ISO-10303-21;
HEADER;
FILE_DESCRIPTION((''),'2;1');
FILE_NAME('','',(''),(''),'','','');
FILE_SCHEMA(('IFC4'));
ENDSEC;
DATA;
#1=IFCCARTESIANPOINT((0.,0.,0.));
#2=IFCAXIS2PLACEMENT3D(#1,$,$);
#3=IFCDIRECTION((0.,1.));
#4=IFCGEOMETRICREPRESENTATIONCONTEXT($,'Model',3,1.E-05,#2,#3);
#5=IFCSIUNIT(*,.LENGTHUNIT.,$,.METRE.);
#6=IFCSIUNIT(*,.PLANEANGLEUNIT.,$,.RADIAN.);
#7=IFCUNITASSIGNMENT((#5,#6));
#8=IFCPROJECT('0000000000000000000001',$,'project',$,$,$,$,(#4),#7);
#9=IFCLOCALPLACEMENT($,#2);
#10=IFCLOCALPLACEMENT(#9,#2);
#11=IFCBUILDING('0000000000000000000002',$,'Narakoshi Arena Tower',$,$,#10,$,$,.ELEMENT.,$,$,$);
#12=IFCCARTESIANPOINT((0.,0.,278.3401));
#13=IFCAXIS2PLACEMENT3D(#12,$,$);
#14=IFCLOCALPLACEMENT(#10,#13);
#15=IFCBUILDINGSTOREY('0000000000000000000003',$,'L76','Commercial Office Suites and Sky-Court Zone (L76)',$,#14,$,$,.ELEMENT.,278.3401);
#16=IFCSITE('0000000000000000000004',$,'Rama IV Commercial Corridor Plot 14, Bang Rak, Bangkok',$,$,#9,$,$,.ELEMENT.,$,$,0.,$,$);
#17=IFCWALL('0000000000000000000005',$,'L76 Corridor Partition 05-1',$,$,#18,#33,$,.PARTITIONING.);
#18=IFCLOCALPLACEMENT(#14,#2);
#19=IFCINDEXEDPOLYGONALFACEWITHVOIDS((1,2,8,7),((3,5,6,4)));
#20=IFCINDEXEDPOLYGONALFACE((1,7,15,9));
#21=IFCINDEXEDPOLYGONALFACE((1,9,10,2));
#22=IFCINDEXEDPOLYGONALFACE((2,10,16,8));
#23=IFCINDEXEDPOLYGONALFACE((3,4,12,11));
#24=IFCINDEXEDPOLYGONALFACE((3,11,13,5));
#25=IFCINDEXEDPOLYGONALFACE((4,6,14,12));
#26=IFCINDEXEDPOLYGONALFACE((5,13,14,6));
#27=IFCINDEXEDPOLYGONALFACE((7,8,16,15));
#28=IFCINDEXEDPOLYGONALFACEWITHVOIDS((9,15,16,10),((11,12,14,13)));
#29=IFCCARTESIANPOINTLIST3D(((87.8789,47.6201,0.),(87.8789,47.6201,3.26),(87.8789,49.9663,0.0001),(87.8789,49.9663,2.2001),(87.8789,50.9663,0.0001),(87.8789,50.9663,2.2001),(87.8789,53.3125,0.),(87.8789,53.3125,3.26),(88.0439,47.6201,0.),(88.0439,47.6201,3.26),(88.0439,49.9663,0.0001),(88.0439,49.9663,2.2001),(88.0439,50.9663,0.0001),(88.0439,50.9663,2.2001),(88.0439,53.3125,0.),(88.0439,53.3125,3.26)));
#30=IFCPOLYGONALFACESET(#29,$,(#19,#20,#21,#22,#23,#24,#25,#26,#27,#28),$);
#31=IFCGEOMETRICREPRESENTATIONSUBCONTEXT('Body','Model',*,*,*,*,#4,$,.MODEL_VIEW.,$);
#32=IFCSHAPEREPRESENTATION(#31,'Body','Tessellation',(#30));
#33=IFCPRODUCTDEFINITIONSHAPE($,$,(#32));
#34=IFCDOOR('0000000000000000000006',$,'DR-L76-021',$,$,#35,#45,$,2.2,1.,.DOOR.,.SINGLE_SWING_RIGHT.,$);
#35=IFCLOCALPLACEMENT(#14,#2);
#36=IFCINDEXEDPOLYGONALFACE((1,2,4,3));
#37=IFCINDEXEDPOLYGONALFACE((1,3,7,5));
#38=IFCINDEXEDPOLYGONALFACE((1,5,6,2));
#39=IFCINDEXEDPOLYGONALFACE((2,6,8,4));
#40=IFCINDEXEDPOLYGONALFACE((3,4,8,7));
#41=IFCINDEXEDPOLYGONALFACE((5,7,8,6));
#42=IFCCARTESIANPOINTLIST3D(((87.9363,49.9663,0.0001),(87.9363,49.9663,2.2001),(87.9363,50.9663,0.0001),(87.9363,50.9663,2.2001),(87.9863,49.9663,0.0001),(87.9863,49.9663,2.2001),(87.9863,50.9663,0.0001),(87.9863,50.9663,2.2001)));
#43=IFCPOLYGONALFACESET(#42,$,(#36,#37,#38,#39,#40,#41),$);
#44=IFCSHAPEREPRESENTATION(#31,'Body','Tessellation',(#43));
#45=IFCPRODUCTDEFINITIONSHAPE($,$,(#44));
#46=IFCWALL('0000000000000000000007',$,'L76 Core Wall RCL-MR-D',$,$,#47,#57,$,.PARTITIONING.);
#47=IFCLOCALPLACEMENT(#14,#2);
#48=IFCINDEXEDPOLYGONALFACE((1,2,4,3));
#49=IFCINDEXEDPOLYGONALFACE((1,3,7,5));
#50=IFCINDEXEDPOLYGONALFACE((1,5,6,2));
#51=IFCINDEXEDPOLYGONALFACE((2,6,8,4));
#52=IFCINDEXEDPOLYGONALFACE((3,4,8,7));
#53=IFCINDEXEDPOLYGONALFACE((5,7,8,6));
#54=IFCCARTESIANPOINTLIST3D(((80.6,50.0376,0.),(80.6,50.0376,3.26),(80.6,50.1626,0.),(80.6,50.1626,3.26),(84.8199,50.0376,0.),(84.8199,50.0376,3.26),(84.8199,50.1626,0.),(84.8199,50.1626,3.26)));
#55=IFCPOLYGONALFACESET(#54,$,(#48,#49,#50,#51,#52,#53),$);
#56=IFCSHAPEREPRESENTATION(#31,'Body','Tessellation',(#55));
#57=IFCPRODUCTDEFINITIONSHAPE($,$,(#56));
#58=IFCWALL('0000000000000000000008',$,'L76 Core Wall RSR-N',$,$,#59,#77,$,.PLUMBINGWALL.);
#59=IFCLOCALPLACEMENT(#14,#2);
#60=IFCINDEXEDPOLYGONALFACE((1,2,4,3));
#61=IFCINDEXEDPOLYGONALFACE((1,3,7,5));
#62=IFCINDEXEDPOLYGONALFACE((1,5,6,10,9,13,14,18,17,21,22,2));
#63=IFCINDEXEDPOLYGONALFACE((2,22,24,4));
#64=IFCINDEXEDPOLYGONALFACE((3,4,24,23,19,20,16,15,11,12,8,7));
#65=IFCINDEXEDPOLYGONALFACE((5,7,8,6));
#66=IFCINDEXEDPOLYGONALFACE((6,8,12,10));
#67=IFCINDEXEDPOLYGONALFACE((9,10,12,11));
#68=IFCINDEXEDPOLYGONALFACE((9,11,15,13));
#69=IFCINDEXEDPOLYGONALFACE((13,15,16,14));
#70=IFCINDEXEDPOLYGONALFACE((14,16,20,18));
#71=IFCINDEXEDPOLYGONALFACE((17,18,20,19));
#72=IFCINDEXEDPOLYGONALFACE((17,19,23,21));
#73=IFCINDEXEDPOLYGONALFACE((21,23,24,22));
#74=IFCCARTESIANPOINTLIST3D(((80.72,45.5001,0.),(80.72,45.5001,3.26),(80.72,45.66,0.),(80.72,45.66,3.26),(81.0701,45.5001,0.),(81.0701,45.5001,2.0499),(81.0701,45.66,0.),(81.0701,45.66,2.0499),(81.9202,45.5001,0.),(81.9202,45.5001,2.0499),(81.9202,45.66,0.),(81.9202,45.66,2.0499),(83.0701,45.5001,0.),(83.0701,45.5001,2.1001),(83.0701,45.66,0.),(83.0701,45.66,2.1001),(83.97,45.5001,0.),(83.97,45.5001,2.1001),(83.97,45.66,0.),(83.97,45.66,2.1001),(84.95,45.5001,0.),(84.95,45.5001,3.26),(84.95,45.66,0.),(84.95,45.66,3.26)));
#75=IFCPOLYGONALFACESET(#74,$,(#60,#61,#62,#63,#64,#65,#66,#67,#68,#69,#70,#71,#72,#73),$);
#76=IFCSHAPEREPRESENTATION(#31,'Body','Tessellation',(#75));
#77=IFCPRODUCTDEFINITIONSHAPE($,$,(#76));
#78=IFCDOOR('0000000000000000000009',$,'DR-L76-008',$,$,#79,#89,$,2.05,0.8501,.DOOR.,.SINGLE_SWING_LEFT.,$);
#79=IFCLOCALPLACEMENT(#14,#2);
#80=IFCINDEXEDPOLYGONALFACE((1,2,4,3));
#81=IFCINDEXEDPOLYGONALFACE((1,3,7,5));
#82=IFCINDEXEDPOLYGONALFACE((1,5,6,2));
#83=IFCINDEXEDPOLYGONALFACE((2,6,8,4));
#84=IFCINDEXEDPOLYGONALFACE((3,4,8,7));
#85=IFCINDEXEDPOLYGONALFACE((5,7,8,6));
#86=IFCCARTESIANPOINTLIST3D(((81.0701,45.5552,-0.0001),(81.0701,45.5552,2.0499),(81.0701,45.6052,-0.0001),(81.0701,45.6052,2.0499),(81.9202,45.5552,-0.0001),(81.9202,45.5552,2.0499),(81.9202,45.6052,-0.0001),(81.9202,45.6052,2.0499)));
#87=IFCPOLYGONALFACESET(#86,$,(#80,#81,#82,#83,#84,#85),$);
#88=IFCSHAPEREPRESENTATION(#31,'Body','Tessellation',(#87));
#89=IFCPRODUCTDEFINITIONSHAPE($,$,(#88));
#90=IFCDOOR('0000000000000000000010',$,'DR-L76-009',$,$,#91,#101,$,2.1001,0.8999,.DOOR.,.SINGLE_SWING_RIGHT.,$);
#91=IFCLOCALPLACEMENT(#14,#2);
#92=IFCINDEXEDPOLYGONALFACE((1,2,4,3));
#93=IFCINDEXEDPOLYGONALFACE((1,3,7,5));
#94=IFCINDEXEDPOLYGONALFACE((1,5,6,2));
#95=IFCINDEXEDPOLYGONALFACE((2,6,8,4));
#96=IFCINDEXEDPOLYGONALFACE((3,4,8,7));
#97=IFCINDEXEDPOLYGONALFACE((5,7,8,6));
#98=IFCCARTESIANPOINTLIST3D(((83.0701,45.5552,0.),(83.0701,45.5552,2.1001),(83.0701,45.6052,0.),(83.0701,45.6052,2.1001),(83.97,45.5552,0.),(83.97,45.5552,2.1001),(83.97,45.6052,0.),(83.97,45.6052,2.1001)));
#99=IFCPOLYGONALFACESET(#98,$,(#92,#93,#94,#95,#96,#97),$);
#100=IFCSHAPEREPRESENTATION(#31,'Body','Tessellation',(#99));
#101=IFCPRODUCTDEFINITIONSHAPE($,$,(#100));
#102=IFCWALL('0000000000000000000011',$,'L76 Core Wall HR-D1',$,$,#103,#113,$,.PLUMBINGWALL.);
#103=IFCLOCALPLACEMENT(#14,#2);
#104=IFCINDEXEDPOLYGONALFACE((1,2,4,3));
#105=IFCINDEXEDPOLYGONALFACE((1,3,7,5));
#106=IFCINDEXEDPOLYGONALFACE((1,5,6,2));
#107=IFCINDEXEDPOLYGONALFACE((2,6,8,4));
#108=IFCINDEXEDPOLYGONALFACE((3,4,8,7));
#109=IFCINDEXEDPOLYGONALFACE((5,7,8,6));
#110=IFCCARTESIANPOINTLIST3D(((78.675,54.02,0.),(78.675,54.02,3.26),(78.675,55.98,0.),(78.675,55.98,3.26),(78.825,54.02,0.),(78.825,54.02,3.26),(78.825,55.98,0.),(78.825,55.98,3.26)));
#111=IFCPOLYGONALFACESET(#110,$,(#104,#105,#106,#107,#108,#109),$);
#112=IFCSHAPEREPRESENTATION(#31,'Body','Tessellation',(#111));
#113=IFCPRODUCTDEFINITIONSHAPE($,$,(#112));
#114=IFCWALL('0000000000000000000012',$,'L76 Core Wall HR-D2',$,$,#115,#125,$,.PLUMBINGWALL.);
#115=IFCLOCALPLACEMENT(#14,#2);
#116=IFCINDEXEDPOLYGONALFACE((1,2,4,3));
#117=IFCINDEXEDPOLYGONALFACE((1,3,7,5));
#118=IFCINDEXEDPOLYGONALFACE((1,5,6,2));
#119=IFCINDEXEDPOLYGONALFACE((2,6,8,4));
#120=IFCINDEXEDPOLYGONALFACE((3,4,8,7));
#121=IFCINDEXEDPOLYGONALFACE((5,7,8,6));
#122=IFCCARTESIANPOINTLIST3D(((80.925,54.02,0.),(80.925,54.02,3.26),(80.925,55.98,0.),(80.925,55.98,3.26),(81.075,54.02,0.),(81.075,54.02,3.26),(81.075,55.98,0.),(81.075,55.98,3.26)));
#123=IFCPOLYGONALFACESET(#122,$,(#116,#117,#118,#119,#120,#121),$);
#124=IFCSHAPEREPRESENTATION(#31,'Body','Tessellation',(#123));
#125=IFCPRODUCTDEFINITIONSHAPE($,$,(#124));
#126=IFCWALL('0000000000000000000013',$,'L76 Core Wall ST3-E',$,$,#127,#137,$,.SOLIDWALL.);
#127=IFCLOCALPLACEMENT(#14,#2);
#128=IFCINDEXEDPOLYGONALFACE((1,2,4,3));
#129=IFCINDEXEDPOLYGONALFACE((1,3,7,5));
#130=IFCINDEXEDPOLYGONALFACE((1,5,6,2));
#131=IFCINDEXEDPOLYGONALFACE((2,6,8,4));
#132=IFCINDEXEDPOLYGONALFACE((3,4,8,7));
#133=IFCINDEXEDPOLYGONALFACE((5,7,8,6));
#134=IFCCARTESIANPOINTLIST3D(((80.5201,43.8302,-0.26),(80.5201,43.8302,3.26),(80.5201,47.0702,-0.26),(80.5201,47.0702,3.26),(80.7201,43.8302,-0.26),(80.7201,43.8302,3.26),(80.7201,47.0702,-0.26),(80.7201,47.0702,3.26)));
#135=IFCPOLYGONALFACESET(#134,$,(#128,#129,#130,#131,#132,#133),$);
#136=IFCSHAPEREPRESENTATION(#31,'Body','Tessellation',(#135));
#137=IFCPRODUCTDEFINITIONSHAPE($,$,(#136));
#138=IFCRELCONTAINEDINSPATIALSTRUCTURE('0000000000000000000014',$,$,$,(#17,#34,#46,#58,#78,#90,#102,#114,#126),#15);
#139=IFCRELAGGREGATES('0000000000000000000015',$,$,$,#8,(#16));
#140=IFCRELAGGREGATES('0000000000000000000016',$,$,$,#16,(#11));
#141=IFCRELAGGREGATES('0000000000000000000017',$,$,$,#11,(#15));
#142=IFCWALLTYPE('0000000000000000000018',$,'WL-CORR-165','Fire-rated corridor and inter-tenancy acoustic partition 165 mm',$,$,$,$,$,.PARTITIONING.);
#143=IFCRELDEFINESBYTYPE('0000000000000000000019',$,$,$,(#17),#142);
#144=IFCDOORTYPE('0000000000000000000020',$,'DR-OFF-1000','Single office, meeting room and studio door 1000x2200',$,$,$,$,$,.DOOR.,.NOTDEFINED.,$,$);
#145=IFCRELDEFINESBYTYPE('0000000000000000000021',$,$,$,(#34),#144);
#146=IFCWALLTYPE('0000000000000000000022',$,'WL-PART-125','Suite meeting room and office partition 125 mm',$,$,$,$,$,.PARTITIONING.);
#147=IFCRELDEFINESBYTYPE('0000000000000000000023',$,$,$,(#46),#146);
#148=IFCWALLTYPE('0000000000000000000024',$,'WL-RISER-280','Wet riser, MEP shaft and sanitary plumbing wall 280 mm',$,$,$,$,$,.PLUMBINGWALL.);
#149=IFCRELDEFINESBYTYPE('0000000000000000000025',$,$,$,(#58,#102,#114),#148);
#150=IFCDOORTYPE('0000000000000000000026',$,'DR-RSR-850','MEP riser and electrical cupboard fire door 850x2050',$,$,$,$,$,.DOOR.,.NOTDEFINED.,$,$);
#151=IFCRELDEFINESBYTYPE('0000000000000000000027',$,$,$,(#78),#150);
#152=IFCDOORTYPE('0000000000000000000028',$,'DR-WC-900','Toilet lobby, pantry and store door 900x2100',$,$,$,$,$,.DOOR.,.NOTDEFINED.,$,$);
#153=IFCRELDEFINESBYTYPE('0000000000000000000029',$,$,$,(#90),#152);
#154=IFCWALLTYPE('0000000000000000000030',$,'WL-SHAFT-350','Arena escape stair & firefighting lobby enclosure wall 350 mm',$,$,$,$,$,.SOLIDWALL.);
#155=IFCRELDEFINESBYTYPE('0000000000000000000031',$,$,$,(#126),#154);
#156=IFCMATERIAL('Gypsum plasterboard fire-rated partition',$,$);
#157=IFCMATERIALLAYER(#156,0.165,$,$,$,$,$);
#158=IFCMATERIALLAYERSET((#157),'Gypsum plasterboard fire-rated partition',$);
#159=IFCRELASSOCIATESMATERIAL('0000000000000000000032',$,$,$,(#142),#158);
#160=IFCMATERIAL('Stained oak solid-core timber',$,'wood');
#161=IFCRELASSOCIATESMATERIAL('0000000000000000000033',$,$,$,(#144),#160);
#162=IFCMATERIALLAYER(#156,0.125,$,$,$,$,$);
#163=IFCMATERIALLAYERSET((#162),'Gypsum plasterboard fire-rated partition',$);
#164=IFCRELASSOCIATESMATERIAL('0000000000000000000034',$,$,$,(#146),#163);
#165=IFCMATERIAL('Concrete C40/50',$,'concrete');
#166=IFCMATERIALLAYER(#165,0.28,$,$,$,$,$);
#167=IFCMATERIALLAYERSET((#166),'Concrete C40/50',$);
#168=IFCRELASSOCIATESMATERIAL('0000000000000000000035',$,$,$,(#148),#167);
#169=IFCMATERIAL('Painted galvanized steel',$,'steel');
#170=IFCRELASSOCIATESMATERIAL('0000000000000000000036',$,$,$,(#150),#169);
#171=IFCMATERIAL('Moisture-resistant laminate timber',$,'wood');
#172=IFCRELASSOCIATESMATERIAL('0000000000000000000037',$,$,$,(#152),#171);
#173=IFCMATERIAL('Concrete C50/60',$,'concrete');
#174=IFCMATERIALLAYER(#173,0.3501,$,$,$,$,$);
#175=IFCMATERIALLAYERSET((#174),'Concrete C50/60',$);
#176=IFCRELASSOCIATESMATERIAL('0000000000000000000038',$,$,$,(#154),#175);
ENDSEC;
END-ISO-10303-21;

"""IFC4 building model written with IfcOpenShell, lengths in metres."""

from ifc_helpers import new_model, si_unit, direction, frame, frame_2d, origin, place, context, subcontext, project, spatial, rectangle, extrude, material, layer, layer_set, type_object, element, fill, save


model = new_model("IFC4")

# Units and contexts
model_context = context("Model", 3, precision=1e-05, world=origin(), true_north=direction((0.0, 1.0)))
body_context = subcontext(model_context, "Body", "Model", "MODEL_VIEW")
ifc_project = project(units=[si_unit("LENGTHUNIT", "METRE"), si_unit("PLANEANGLEUNIT", "RADIAN")], contexts=[model_context])

# Site, building, storey
site_placement = place(None, origin())
site = spatial("IfcSite", under=ifc_project, at=site_placement, Name="Rama IV Commercial Corridor Plot 14, Bang Rak, Bangkok", CompositionType="ELEMENT", RefElevation=0.0)
building_placement = place(site_placement, origin())
building = spatial("IfcBuilding", under=site, at=building_placement, Name="Narakoshi Arena Tower", CompositionType="ELEMENT")
storey_placement = place(building_placement, frame((0.0, 0.0, 278.3401)))
storey = spatial("IfcBuildingStorey", under=building, at=storey_placement, Name="L76", Description="Commercial Office Suites and Sky-Court Zone (L76)", CompositionType="ELEMENT", Elevation=278.3401)

# Shared definitions
ifc_material_1 = material(Name="Concrete C50/60", Category="concrete")

# Wall, opening, door
ifc_material_2 = material(Name="Gypsum plasterboard fire-rated partition")
ifc_layer_1 = layer(ifc_material_2, 0.165)
ifc_layer_set_1 = layer_set([ifc_layer_1], Name="Gypsum plasterboard fire-rated partition")
wall_type_1 = type_object("IfcWallType", Name="WL-CORR-165", Description="Fire-rated corridor and inter-tenancy acoustic partition 165 mm", PredefinedType="PARTITIONING", material=ifc_layer_set_1)
ifc_material_3 = material(Name="Stained oak solid-core timber", Category="wood")
door_type_1 = type_object("IfcDoorType", Name="DR-OFF-1000", Description="Single office, meeting room and studio door 1000x2200", OperationType="NOTDEFINED", PredefinedType="DOOR", material=ifc_material_3)
wall_1_placement = place(storey_placement, frame((87.9614, 47.6201, 0.0), z_axis=(0.0, 0.0, 1.0), x_axis=(0.0, 1.0, 0.0)))
wall_1 = element("IfcWall", 1, at=wall_1_placement, inside=storey, type_object=wall_type_1, Name="L76 Corridor Partition 05-1", PredefinedType="PARTITIONING", context=body_context, shape_type="SweptSolid", body=[
    extrude(rectangle(XDim=5.6924, YDim=0.165, at=frame_2d((2.8462, 0.0))), origin(), (0.0, 0.0, 1.0), 3.26),
])
opening_1_placement = place(wall_1_placement, frame((2.3462, 0.0, 0.0)))
opening_1 = element("IfcOpeningElement", 2, at=opening_1_placement, cuts=wall_1, PredefinedType="OPENING", context=body_context, shape_type="SweptSolid", body=[
    extrude(rectangle(XDim=1.0, YDim=2.2, at=frame_2d((0.5, 1.1001))), frame((0.0, 0.0925, 0.0), z_axis=(0.0, -1.0, 0.0), x_axis=(1.0, 0.0, 0.0)), (0.0, 0.0, 1.0), 0.1851),
])
door_1_placement = place(opening_1_placement, frame((1.0, 0.0, 0.0), z_axis=(0.0, 0.0, 1.0), x_axis=(-1.0, 0.0, 0.0)))
door_1 = element("IfcDoor", 3, at=door_1_placement, inside=storey, type_object=door_type_1, Name="DR-L76-021", OperationType="SINGLE_SWING_RIGHT", OverallHeight=2.2, OverallWidth=1.0, PredefinedType="DOOR", context=body_context, shape_type="SweptSolid", body=[
    extrude(rectangle(XDim=1.0, YDim=2.2, at=frame_2d((0.5, 1.1001))), frame((0.0, 0.0249, 0.0), z_axis=(0.0, -1.0, 0.0), x_axis=(1.0, 0.0, 0.0)), (0.0, 0.0, 1.0), 0.05),
])
fill(opening_1, door_1)

# Wall
ifc_layer_2 = layer(ifc_material_2, 0.125)
ifc_layer_set_2 = layer_set([ifc_layer_2], Name="Gypsum plasterboard fire-rated partition")
wall_type_2 = type_object("IfcWallType", Name="WL-PART-125", Description="Suite meeting room and office partition 125 mm", PredefinedType="PARTITIONING", material=ifc_layer_set_2)
wall_2_placement = place(storey_placement, frame((80.6001, 50.1001, 0.0), z_axis=(0.0, 0.0, 1.0), x_axis=(1.0, 0.0, 0.0)))
element("IfcWall", 4, at=wall_2_placement, inside=storey, type_object=wall_type_2, Name="L76 Core Wall RCL-MR-D", PredefinedType="PARTITIONING", context=body_context, shape_type="SweptSolid", body=[
    extrude(rectangle(XDim=4.22, YDim=0.125, at=frame_2d((2.1099, 0.0))), origin(), (0.0, 0.0, 1.0), 3.26),
])

# Wall, openings, doors
ifc_material_4 = material(Name="Concrete C40/50", Category="concrete")
ifc_layer_3 = layer(ifc_material_4, 0.28)
ifc_layer_set_3 = layer_set([ifc_layer_3], Name="Concrete C40/50")
wall_type_3 = type_object("IfcWallType", Name="WL-RISER-280", Description="Wet riser, MEP shaft and sanitary plumbing wall 280 mm", PredefinedType="PLUMBINGWALL", material=ifc_layer_set_3)
wall_3_placement = place(storey_placement, frame((80.72, 45.5801, 0.0), z_axis=(0.0, 0.0, 1.0), x_axis=(1.0, 0.0, 0.0)))
wall_3 = element("IfcWall", 5, at=wall_3_placement, inside=storey, type_object=wall_type_3, Name="L76 Core Wall RSR-N", PredefinedType="PLUMBINGWALL", context=body_context, shape_type="SweptSolid", body=[
    extrude(rectangle(XDim=4.23, YDim=0.1599, at=frame_2d((2.115, 0.0))), origin(), (0.0, 0.0, 1.0), 3.26),
])
opening_2_placement = place(wall_3_placement, frame((0.3501, 0.0, 0.0)))
opening_2 = element("IfcOpeningElement", 6, at=opening_2_placement, cuts=wall_3, PredefinedType="OPENING", context=body_context, shape_type="SweptSolid", body=[
    extrude(rectangle(XDim=0.8501, YDim=2.05, at=frame_2d((0.425, 1.0249))), frame((0.0, 0.0898, 0.0), z_axis=(0.0, -1.0, 0.0), x_axis=(1.0, 0.0, 0.0)), (0.0, 0.0, 1.0), 0.1799),
])
opening_3_placement = place(wall_3_placement, frame((2.3501, 0.0, 0.0)))
opening_3 = element("IfcOpeningElement", 7, at=opening_3_placement, cuts=wall_3, PredefinedType="OPENING", context=body_context, shape_type="SweptSolid", body=[
    extrude(rectangle(XDim=0.8999, YDim=2.1001, at=frame_2d((0.45, 1.05))), frame((0.0, 0.0898, 0.0), z_axis=(0.0, -1.0, 0.0), x_axis=(1.0, 0.0, 0.0)), (0.0, 0.0, 1.0), 0.1799),
])
ifc_material_5 = material(Name="Painted galvanized steel", Category="steel")
door_type_2 = type_object("IfcDoorType", Name="DR-RSR-850", Description="MEP riser and electrical cupboard fire door 850x2050", OperationType="NOTDEFINED", PredefinedType="DOOR", material=ifc_material_5)
door_2_placement = place(opening_2_placement, frame((0.8501, 0.0, 0.0), z_axis=(0.0, 0.0, 1.0), x_axis=(-1.0, 0.0, 0.0)))
door_2 = element("IfcDoor", 8, at=door_2_placement, inside=storey, type_object=door_type_2, Name="DR-L76-008", OperationType="SINGLE_SWING_LEFT", OverallHeight=2.05, OverallWidth=0.8501, PredefinedType="DOOR", context=body_context, shape_type="SweptSolid", body=[
    extrude(rectangle(XDim=0.8501, YDim=2.05, at=frame_2d((0.425, 1.0249))), frame((0.0, 0.0249, 0.0), z_axis=(0.0, -1.0, 0.0), x_axis=(1.0, 0.0, 0.0)), (0.0, 0.0, 1.0), 0.05),
])
fill(opening_2, door_2)
ifc_material_6 = material(Name="Moisture-resistant laminate timber", Category="wood")
door_type_3 = type_object("IfcDoorType", Name="DR-WC-900", Description="Toilet lobby, pantry and store door 900x2100", OperationType="NOTDEFINED", PredefinedType="DOOR", material=ifc_material_6)
door_3_placement = place(opening_3_placement, frame((0.8999, 0.0, 0.0), z_axis=(0.0, 0.0, 1.0), x_axis=(-1.0, 0.0, 0.0)))
door_3 = element("IfcDoor", 9, at=door_3_placement, inside=storey, type_object=door_type_3, Name="DR-L76-009", OperationType="SINGLE_SWING_RIGHT", OverallHeight=2.1001, OverallWidth=0.8999, PredefinedType="DOOR", context=body_context, shape_type="SweptSolid", body=[
    extrude(rectangle(XDim=0.8999, YDim=2.1001, at=frame_2d((0.45, 1.05))), frame((0.0, 0.0249, 0.0), z_axis=(0.0, -1.0, 0.0), x_axis=(1.0, 0.0, 0.0)), (0.0, 0.0, 1.0), 0.05),
])
fill(opening_3, door_3)

# Walls
for number, where, z_axis, x_axis, name in (
    (10, (78.75, 54.02, 0.0), (0.0, 0.0, 1.0), (0.0, 1.0, 0.0), "L76 Core Wall HR-D1"),
    (11, (81.0, 54.02, 0.0), (0.0, 0.0, 1.0), (0.0, 1.0, 0.0), "L76 Core Wall HR-D2"),
):
    element("IfcWall", number, at=place(storey_placement, frame(where, z_axis=z_axis, x_axis=x_axis)), inside=storey, type_object=wall_type_3, Name=name, PredefinedType="PLUMBINGWALL", context=body_context, shape_type="SweptSolid", body=[
        extrude(rectangle(XDim=1.96, YDim=0.1499, at=frame_2d((0.98, 0.0))), origin(), (0.0, 0.0, 1.0), 3.26),
    ])
ifc_layer_4 = layer(ifc_material_1, 0.3501)
ifc_layer_set_4 = layer_set([ifc_layer_4], Name="Concrete C50/60")
wall_type_4 = type_object("IfcWallType", Name="WL-SHAFT-350", Description="Arena escape stair & firefighting lobby enclosure wall 350 mm", PredefinedType="SOLIDWALL", material=ifc_layer_set_4)
wall_4_placement = place(storey_placement, frame((80.6201, 43.8301, -0.26), z_axis=(0.0, 0.0, 1.0), x_axis=(0.0, 1.0, 0.0)))
element("IfcWall", 12, at=wall_4_placement, inside=storey, type_object=wall_type_4, Name="L76 Core Wall ST3-E", PredefinedType="SOLIDWALL", context=body_context, shape_type="SweptSolid", body=[
    extrude(rectangle(XDim=3.24, YDim=0.2, at=frame_2d((1.6201, 0.0))), origin(), (0.0, 0.0, 1.0), 3.52),
])

save(model, "model.ifc")
